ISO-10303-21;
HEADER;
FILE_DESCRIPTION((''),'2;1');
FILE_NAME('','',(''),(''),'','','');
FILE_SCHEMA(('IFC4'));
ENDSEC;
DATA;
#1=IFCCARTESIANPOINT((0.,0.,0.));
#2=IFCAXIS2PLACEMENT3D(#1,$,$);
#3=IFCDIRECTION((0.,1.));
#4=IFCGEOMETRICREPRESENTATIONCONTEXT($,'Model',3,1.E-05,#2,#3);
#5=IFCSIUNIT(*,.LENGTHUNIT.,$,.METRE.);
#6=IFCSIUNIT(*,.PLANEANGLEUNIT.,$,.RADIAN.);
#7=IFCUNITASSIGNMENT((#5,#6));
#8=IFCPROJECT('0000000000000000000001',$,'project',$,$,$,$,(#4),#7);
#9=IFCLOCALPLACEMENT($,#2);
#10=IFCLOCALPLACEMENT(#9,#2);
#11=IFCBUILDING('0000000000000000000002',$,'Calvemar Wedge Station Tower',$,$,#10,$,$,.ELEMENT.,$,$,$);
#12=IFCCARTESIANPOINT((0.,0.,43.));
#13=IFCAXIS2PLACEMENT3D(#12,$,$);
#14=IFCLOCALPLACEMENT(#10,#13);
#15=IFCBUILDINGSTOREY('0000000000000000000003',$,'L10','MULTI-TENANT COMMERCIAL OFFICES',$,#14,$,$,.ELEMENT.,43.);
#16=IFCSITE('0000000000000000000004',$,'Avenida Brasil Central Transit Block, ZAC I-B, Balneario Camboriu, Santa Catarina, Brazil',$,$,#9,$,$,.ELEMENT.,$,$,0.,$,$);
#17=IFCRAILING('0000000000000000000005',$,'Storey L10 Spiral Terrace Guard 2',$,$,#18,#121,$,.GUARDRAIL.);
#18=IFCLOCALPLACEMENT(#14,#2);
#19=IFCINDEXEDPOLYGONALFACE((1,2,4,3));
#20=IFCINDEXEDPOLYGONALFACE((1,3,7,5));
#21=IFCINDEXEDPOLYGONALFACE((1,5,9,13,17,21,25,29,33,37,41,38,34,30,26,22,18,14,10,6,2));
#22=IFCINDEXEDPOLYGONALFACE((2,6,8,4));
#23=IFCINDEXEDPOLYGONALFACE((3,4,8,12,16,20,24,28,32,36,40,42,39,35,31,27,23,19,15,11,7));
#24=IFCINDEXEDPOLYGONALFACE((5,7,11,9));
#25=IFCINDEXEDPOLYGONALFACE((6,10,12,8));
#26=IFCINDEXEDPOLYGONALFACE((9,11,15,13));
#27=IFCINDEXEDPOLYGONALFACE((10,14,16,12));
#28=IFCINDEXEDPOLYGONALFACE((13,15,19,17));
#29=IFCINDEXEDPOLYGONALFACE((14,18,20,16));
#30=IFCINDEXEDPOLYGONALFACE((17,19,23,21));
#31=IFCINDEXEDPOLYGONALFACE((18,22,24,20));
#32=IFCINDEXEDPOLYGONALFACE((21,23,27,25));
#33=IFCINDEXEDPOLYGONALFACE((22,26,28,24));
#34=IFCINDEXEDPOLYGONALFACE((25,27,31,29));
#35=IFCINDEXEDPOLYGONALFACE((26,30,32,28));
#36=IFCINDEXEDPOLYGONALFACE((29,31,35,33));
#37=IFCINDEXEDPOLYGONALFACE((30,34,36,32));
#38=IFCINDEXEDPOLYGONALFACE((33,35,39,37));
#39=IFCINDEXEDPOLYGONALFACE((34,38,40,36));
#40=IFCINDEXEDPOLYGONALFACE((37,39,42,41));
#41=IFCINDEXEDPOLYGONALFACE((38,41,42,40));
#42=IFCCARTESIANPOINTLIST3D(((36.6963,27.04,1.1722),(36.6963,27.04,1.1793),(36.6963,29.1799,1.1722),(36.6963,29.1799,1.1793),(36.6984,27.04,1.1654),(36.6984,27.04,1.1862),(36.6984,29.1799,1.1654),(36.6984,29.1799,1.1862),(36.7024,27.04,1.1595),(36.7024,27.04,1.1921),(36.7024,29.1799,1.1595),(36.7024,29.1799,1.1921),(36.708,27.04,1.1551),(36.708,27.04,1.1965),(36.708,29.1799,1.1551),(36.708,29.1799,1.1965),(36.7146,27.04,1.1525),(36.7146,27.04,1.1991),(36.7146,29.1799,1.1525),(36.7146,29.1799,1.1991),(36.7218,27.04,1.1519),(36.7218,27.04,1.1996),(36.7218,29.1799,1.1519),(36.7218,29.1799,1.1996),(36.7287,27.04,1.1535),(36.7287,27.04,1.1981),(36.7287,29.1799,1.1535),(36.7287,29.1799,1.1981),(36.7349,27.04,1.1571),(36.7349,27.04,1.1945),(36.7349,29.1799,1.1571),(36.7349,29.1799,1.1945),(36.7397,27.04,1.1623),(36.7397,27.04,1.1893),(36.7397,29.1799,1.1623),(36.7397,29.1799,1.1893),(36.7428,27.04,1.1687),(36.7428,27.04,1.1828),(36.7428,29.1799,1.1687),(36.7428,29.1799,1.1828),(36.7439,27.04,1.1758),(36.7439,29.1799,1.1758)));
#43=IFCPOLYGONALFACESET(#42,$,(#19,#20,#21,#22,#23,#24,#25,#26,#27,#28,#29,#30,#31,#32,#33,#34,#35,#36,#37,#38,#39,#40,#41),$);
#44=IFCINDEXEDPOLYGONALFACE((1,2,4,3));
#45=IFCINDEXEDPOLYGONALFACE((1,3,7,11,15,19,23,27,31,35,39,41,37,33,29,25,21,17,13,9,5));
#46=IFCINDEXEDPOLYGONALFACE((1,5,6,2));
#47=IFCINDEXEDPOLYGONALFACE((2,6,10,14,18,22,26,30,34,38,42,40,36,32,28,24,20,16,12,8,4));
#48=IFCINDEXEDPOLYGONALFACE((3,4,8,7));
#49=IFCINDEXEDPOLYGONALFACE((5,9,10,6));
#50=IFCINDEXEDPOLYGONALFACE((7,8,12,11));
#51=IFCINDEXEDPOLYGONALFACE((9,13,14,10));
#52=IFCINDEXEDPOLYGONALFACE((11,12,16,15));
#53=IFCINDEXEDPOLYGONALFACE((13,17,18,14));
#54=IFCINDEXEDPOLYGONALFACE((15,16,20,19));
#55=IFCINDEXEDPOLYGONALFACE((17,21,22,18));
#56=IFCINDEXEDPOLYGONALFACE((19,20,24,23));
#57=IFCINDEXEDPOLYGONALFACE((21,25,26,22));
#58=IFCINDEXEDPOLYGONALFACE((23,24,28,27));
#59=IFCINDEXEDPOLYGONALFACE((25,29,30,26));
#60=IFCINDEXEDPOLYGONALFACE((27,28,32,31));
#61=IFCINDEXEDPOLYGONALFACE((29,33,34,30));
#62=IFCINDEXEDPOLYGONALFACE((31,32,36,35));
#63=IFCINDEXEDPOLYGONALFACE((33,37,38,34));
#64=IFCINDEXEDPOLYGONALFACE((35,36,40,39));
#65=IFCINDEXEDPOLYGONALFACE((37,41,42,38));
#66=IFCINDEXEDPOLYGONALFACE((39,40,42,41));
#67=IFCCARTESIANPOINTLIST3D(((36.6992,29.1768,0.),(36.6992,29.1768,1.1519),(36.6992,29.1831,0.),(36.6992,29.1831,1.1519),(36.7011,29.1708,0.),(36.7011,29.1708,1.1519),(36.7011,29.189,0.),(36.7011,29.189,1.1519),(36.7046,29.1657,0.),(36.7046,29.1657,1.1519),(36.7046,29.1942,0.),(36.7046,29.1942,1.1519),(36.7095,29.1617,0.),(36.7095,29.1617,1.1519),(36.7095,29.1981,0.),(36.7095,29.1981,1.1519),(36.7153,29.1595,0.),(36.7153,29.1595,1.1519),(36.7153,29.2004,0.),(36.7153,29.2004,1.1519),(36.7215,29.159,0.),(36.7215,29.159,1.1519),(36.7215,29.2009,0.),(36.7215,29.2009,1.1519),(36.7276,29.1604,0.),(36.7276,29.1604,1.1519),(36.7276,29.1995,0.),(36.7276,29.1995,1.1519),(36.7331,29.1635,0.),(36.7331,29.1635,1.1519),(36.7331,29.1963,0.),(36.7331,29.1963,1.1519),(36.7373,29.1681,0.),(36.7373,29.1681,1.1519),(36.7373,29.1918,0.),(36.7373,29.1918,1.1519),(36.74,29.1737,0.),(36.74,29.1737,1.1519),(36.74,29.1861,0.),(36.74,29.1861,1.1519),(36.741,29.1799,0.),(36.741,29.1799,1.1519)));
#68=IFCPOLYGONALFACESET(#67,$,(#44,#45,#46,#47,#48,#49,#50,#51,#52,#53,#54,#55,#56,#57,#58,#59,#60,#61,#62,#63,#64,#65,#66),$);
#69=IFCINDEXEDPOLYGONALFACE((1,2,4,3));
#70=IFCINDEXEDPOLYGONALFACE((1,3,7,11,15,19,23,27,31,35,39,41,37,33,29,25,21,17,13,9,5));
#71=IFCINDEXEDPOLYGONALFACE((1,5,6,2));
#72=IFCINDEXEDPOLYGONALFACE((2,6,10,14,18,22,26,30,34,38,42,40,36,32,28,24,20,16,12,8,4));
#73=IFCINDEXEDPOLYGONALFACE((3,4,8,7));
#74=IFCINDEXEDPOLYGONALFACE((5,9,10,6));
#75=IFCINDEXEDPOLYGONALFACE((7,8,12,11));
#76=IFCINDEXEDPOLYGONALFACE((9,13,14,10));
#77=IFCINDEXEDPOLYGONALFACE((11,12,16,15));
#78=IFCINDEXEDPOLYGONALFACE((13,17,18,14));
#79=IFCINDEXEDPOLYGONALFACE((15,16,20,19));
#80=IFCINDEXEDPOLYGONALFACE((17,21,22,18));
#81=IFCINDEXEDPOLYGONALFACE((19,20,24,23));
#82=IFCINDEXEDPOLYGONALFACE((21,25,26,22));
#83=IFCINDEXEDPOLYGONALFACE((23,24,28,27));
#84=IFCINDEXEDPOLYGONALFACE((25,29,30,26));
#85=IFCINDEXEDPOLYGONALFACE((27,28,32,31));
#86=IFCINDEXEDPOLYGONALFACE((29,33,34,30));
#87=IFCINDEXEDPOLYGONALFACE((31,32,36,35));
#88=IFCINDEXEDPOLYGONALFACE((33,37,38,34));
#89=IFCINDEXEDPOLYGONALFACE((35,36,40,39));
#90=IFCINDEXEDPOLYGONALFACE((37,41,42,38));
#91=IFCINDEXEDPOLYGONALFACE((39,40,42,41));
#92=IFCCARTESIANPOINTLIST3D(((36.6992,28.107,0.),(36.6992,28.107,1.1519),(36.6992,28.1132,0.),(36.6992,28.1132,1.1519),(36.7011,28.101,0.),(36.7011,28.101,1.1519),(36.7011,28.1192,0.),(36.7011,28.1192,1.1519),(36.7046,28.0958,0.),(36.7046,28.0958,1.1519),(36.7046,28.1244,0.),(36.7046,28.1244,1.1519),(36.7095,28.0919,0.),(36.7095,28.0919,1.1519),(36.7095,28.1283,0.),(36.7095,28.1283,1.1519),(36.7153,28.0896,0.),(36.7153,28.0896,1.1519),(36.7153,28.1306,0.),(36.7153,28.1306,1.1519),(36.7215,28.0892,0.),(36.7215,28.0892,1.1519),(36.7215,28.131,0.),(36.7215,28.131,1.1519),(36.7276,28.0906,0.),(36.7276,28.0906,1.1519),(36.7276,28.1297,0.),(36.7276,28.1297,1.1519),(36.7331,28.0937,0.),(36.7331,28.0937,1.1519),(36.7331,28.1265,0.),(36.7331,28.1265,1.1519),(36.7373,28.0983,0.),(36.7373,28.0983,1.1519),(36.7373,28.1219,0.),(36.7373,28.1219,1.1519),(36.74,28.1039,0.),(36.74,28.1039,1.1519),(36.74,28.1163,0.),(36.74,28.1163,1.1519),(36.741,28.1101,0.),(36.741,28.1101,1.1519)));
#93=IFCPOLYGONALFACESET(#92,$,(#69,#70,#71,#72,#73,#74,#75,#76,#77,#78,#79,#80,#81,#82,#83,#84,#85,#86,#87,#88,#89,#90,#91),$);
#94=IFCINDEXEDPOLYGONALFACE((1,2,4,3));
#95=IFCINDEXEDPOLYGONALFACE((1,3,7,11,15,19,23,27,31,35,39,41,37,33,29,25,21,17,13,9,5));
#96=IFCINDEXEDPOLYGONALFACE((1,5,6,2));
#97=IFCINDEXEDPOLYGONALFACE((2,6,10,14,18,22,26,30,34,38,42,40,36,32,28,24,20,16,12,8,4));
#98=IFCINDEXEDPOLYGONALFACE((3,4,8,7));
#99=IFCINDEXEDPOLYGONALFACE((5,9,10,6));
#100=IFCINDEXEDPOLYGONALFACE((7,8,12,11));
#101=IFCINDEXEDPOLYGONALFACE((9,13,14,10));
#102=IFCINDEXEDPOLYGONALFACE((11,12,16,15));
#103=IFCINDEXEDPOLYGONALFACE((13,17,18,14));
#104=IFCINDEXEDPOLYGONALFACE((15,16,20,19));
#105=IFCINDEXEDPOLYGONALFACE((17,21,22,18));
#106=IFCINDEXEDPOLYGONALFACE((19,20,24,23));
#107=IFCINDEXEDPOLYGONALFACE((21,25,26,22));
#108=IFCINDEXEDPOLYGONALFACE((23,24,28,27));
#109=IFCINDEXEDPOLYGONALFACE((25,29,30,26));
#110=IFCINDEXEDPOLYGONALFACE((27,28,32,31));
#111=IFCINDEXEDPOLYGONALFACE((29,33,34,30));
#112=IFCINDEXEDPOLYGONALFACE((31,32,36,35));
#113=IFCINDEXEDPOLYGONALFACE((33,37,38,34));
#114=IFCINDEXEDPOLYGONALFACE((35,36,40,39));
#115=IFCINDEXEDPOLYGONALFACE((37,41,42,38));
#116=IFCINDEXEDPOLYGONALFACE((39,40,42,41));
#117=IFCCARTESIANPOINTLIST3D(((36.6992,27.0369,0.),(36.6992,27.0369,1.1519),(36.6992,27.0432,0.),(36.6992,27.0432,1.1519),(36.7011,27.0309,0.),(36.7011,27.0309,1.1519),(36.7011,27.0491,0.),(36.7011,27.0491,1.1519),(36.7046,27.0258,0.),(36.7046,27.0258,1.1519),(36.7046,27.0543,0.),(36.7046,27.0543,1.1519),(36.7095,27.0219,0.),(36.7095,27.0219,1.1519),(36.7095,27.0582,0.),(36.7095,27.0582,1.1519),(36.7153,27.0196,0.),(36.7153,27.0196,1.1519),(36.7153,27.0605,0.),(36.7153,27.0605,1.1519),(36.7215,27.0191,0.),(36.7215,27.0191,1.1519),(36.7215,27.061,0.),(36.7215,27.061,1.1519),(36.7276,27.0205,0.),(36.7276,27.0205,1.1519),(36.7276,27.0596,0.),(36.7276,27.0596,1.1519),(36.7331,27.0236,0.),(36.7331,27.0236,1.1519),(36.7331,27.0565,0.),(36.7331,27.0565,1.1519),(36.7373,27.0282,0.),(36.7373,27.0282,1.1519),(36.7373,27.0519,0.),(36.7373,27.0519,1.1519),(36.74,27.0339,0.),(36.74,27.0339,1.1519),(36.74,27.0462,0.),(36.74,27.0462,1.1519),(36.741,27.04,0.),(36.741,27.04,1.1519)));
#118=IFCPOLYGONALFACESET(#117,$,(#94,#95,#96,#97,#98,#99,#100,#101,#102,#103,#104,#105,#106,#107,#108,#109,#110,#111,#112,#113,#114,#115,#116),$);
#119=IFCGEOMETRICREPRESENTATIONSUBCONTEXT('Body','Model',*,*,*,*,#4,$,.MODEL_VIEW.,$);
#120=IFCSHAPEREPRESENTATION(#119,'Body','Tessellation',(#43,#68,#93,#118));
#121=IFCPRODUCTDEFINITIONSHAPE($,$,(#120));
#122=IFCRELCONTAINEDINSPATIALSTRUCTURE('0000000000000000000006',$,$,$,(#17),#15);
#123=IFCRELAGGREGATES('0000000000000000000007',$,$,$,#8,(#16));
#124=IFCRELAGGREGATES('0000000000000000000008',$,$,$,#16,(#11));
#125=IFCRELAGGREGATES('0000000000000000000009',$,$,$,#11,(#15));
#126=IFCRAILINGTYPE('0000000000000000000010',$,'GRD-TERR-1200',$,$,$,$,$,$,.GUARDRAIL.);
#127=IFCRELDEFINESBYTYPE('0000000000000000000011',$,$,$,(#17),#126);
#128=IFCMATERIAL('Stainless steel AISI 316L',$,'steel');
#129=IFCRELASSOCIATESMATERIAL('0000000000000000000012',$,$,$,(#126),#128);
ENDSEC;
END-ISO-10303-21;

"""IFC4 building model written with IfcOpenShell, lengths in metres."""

from ifc_helpers import new_model, si_unit, direction, frame, origin, origin_2d, place, context, subcontext, project, spatial, circle, extrude, material, type_object, element, save


model = new_model("IFC4")

# Units and contexts
model_context = context("Model", 3, precision=1e-05, world=origin(), true_north=direction((0.0, 1.0)))
body_context = subcontext(model_context, "Body", "Model", "MODEL_VIEW")
ifc_project = project(units=[si_unit("LENGTHUNIT", "METRE"), si_unit("PLANEANGLEUNIT", "RADIAN")], contexts=[model_context])

# Site, building, storey
site_placement = place(None, origin())
site = spatial("IfcSite", under=ifc_project, at=site_placement, Name="Avenida Brasil Central Transit Block, ZAC I-B, Balneario Camboriu, Santa Catarina, Brazil", CompositionType="ELEMENT", RefElevation=0.0)
building_placement = place(site_placement, origin())
building = spatial("IfcBuilding", under=site, at=building_placement, Name="Calvemar Wedge Station Tower", CompositionType="ELEMENT")
storey_placement = place(building_placement, frame((0.0, 0.0, 43.0)))
storey = spatial("IfcBuildingStorey", under=building, at=storey_placement, Name="L10", Description="MULTI-TENANT COMMERCIAL OFFICES", CompositionType="ELEMENT", Elevation=43.0)

# Railing
ifc_material_1 = material(Name="Stainless steel AISI 316L", Category="steel")
railing_type = type_object("IfcRailingType", Name="GRD-TERR-1200", PredefinedType="GUARDRAIL", material=ifc_material_1)
railing_1_placement = place(storey_placement, frame((36.72, 29.1799, 0.0)))
element("IfcRailing", 1, at=railing_1_placement, inside=storey, type_object=railing_type, Name="Storey L10 Spiral Terrace Guard 2", PredefinedType="GUARDRAIL", context=body_context, shape_type="SweptSolid", body=[
    extrude(circle(Radius=0.0239, at=origin_2d()), frame((0.0, 0.0, 1.1758), z_axis=(0.0, -1.0, 0.0), x_axis=(1.0, 0.0, 0.0)), (0.0, 0.0, 1.0), 2.1399),
    extrude(circle(Radius=0.021, at=origin_2d()), origin(), (0.0, 0.0, 1.0), 1.1519),
    extrude(circle(Radius=0.021, at=origin_2d()), frame((0.0, -1.0698, 0.0)), (0.0, 0.0, 1.0), 1.1519),
    extrude(circle(Radius=0.021, at=origin_2d()), frame((0.0, -2.1399, 0.0)), (0.0, 0.0, 1.0), 1.1519),
])

save(model, "model.ifc")
